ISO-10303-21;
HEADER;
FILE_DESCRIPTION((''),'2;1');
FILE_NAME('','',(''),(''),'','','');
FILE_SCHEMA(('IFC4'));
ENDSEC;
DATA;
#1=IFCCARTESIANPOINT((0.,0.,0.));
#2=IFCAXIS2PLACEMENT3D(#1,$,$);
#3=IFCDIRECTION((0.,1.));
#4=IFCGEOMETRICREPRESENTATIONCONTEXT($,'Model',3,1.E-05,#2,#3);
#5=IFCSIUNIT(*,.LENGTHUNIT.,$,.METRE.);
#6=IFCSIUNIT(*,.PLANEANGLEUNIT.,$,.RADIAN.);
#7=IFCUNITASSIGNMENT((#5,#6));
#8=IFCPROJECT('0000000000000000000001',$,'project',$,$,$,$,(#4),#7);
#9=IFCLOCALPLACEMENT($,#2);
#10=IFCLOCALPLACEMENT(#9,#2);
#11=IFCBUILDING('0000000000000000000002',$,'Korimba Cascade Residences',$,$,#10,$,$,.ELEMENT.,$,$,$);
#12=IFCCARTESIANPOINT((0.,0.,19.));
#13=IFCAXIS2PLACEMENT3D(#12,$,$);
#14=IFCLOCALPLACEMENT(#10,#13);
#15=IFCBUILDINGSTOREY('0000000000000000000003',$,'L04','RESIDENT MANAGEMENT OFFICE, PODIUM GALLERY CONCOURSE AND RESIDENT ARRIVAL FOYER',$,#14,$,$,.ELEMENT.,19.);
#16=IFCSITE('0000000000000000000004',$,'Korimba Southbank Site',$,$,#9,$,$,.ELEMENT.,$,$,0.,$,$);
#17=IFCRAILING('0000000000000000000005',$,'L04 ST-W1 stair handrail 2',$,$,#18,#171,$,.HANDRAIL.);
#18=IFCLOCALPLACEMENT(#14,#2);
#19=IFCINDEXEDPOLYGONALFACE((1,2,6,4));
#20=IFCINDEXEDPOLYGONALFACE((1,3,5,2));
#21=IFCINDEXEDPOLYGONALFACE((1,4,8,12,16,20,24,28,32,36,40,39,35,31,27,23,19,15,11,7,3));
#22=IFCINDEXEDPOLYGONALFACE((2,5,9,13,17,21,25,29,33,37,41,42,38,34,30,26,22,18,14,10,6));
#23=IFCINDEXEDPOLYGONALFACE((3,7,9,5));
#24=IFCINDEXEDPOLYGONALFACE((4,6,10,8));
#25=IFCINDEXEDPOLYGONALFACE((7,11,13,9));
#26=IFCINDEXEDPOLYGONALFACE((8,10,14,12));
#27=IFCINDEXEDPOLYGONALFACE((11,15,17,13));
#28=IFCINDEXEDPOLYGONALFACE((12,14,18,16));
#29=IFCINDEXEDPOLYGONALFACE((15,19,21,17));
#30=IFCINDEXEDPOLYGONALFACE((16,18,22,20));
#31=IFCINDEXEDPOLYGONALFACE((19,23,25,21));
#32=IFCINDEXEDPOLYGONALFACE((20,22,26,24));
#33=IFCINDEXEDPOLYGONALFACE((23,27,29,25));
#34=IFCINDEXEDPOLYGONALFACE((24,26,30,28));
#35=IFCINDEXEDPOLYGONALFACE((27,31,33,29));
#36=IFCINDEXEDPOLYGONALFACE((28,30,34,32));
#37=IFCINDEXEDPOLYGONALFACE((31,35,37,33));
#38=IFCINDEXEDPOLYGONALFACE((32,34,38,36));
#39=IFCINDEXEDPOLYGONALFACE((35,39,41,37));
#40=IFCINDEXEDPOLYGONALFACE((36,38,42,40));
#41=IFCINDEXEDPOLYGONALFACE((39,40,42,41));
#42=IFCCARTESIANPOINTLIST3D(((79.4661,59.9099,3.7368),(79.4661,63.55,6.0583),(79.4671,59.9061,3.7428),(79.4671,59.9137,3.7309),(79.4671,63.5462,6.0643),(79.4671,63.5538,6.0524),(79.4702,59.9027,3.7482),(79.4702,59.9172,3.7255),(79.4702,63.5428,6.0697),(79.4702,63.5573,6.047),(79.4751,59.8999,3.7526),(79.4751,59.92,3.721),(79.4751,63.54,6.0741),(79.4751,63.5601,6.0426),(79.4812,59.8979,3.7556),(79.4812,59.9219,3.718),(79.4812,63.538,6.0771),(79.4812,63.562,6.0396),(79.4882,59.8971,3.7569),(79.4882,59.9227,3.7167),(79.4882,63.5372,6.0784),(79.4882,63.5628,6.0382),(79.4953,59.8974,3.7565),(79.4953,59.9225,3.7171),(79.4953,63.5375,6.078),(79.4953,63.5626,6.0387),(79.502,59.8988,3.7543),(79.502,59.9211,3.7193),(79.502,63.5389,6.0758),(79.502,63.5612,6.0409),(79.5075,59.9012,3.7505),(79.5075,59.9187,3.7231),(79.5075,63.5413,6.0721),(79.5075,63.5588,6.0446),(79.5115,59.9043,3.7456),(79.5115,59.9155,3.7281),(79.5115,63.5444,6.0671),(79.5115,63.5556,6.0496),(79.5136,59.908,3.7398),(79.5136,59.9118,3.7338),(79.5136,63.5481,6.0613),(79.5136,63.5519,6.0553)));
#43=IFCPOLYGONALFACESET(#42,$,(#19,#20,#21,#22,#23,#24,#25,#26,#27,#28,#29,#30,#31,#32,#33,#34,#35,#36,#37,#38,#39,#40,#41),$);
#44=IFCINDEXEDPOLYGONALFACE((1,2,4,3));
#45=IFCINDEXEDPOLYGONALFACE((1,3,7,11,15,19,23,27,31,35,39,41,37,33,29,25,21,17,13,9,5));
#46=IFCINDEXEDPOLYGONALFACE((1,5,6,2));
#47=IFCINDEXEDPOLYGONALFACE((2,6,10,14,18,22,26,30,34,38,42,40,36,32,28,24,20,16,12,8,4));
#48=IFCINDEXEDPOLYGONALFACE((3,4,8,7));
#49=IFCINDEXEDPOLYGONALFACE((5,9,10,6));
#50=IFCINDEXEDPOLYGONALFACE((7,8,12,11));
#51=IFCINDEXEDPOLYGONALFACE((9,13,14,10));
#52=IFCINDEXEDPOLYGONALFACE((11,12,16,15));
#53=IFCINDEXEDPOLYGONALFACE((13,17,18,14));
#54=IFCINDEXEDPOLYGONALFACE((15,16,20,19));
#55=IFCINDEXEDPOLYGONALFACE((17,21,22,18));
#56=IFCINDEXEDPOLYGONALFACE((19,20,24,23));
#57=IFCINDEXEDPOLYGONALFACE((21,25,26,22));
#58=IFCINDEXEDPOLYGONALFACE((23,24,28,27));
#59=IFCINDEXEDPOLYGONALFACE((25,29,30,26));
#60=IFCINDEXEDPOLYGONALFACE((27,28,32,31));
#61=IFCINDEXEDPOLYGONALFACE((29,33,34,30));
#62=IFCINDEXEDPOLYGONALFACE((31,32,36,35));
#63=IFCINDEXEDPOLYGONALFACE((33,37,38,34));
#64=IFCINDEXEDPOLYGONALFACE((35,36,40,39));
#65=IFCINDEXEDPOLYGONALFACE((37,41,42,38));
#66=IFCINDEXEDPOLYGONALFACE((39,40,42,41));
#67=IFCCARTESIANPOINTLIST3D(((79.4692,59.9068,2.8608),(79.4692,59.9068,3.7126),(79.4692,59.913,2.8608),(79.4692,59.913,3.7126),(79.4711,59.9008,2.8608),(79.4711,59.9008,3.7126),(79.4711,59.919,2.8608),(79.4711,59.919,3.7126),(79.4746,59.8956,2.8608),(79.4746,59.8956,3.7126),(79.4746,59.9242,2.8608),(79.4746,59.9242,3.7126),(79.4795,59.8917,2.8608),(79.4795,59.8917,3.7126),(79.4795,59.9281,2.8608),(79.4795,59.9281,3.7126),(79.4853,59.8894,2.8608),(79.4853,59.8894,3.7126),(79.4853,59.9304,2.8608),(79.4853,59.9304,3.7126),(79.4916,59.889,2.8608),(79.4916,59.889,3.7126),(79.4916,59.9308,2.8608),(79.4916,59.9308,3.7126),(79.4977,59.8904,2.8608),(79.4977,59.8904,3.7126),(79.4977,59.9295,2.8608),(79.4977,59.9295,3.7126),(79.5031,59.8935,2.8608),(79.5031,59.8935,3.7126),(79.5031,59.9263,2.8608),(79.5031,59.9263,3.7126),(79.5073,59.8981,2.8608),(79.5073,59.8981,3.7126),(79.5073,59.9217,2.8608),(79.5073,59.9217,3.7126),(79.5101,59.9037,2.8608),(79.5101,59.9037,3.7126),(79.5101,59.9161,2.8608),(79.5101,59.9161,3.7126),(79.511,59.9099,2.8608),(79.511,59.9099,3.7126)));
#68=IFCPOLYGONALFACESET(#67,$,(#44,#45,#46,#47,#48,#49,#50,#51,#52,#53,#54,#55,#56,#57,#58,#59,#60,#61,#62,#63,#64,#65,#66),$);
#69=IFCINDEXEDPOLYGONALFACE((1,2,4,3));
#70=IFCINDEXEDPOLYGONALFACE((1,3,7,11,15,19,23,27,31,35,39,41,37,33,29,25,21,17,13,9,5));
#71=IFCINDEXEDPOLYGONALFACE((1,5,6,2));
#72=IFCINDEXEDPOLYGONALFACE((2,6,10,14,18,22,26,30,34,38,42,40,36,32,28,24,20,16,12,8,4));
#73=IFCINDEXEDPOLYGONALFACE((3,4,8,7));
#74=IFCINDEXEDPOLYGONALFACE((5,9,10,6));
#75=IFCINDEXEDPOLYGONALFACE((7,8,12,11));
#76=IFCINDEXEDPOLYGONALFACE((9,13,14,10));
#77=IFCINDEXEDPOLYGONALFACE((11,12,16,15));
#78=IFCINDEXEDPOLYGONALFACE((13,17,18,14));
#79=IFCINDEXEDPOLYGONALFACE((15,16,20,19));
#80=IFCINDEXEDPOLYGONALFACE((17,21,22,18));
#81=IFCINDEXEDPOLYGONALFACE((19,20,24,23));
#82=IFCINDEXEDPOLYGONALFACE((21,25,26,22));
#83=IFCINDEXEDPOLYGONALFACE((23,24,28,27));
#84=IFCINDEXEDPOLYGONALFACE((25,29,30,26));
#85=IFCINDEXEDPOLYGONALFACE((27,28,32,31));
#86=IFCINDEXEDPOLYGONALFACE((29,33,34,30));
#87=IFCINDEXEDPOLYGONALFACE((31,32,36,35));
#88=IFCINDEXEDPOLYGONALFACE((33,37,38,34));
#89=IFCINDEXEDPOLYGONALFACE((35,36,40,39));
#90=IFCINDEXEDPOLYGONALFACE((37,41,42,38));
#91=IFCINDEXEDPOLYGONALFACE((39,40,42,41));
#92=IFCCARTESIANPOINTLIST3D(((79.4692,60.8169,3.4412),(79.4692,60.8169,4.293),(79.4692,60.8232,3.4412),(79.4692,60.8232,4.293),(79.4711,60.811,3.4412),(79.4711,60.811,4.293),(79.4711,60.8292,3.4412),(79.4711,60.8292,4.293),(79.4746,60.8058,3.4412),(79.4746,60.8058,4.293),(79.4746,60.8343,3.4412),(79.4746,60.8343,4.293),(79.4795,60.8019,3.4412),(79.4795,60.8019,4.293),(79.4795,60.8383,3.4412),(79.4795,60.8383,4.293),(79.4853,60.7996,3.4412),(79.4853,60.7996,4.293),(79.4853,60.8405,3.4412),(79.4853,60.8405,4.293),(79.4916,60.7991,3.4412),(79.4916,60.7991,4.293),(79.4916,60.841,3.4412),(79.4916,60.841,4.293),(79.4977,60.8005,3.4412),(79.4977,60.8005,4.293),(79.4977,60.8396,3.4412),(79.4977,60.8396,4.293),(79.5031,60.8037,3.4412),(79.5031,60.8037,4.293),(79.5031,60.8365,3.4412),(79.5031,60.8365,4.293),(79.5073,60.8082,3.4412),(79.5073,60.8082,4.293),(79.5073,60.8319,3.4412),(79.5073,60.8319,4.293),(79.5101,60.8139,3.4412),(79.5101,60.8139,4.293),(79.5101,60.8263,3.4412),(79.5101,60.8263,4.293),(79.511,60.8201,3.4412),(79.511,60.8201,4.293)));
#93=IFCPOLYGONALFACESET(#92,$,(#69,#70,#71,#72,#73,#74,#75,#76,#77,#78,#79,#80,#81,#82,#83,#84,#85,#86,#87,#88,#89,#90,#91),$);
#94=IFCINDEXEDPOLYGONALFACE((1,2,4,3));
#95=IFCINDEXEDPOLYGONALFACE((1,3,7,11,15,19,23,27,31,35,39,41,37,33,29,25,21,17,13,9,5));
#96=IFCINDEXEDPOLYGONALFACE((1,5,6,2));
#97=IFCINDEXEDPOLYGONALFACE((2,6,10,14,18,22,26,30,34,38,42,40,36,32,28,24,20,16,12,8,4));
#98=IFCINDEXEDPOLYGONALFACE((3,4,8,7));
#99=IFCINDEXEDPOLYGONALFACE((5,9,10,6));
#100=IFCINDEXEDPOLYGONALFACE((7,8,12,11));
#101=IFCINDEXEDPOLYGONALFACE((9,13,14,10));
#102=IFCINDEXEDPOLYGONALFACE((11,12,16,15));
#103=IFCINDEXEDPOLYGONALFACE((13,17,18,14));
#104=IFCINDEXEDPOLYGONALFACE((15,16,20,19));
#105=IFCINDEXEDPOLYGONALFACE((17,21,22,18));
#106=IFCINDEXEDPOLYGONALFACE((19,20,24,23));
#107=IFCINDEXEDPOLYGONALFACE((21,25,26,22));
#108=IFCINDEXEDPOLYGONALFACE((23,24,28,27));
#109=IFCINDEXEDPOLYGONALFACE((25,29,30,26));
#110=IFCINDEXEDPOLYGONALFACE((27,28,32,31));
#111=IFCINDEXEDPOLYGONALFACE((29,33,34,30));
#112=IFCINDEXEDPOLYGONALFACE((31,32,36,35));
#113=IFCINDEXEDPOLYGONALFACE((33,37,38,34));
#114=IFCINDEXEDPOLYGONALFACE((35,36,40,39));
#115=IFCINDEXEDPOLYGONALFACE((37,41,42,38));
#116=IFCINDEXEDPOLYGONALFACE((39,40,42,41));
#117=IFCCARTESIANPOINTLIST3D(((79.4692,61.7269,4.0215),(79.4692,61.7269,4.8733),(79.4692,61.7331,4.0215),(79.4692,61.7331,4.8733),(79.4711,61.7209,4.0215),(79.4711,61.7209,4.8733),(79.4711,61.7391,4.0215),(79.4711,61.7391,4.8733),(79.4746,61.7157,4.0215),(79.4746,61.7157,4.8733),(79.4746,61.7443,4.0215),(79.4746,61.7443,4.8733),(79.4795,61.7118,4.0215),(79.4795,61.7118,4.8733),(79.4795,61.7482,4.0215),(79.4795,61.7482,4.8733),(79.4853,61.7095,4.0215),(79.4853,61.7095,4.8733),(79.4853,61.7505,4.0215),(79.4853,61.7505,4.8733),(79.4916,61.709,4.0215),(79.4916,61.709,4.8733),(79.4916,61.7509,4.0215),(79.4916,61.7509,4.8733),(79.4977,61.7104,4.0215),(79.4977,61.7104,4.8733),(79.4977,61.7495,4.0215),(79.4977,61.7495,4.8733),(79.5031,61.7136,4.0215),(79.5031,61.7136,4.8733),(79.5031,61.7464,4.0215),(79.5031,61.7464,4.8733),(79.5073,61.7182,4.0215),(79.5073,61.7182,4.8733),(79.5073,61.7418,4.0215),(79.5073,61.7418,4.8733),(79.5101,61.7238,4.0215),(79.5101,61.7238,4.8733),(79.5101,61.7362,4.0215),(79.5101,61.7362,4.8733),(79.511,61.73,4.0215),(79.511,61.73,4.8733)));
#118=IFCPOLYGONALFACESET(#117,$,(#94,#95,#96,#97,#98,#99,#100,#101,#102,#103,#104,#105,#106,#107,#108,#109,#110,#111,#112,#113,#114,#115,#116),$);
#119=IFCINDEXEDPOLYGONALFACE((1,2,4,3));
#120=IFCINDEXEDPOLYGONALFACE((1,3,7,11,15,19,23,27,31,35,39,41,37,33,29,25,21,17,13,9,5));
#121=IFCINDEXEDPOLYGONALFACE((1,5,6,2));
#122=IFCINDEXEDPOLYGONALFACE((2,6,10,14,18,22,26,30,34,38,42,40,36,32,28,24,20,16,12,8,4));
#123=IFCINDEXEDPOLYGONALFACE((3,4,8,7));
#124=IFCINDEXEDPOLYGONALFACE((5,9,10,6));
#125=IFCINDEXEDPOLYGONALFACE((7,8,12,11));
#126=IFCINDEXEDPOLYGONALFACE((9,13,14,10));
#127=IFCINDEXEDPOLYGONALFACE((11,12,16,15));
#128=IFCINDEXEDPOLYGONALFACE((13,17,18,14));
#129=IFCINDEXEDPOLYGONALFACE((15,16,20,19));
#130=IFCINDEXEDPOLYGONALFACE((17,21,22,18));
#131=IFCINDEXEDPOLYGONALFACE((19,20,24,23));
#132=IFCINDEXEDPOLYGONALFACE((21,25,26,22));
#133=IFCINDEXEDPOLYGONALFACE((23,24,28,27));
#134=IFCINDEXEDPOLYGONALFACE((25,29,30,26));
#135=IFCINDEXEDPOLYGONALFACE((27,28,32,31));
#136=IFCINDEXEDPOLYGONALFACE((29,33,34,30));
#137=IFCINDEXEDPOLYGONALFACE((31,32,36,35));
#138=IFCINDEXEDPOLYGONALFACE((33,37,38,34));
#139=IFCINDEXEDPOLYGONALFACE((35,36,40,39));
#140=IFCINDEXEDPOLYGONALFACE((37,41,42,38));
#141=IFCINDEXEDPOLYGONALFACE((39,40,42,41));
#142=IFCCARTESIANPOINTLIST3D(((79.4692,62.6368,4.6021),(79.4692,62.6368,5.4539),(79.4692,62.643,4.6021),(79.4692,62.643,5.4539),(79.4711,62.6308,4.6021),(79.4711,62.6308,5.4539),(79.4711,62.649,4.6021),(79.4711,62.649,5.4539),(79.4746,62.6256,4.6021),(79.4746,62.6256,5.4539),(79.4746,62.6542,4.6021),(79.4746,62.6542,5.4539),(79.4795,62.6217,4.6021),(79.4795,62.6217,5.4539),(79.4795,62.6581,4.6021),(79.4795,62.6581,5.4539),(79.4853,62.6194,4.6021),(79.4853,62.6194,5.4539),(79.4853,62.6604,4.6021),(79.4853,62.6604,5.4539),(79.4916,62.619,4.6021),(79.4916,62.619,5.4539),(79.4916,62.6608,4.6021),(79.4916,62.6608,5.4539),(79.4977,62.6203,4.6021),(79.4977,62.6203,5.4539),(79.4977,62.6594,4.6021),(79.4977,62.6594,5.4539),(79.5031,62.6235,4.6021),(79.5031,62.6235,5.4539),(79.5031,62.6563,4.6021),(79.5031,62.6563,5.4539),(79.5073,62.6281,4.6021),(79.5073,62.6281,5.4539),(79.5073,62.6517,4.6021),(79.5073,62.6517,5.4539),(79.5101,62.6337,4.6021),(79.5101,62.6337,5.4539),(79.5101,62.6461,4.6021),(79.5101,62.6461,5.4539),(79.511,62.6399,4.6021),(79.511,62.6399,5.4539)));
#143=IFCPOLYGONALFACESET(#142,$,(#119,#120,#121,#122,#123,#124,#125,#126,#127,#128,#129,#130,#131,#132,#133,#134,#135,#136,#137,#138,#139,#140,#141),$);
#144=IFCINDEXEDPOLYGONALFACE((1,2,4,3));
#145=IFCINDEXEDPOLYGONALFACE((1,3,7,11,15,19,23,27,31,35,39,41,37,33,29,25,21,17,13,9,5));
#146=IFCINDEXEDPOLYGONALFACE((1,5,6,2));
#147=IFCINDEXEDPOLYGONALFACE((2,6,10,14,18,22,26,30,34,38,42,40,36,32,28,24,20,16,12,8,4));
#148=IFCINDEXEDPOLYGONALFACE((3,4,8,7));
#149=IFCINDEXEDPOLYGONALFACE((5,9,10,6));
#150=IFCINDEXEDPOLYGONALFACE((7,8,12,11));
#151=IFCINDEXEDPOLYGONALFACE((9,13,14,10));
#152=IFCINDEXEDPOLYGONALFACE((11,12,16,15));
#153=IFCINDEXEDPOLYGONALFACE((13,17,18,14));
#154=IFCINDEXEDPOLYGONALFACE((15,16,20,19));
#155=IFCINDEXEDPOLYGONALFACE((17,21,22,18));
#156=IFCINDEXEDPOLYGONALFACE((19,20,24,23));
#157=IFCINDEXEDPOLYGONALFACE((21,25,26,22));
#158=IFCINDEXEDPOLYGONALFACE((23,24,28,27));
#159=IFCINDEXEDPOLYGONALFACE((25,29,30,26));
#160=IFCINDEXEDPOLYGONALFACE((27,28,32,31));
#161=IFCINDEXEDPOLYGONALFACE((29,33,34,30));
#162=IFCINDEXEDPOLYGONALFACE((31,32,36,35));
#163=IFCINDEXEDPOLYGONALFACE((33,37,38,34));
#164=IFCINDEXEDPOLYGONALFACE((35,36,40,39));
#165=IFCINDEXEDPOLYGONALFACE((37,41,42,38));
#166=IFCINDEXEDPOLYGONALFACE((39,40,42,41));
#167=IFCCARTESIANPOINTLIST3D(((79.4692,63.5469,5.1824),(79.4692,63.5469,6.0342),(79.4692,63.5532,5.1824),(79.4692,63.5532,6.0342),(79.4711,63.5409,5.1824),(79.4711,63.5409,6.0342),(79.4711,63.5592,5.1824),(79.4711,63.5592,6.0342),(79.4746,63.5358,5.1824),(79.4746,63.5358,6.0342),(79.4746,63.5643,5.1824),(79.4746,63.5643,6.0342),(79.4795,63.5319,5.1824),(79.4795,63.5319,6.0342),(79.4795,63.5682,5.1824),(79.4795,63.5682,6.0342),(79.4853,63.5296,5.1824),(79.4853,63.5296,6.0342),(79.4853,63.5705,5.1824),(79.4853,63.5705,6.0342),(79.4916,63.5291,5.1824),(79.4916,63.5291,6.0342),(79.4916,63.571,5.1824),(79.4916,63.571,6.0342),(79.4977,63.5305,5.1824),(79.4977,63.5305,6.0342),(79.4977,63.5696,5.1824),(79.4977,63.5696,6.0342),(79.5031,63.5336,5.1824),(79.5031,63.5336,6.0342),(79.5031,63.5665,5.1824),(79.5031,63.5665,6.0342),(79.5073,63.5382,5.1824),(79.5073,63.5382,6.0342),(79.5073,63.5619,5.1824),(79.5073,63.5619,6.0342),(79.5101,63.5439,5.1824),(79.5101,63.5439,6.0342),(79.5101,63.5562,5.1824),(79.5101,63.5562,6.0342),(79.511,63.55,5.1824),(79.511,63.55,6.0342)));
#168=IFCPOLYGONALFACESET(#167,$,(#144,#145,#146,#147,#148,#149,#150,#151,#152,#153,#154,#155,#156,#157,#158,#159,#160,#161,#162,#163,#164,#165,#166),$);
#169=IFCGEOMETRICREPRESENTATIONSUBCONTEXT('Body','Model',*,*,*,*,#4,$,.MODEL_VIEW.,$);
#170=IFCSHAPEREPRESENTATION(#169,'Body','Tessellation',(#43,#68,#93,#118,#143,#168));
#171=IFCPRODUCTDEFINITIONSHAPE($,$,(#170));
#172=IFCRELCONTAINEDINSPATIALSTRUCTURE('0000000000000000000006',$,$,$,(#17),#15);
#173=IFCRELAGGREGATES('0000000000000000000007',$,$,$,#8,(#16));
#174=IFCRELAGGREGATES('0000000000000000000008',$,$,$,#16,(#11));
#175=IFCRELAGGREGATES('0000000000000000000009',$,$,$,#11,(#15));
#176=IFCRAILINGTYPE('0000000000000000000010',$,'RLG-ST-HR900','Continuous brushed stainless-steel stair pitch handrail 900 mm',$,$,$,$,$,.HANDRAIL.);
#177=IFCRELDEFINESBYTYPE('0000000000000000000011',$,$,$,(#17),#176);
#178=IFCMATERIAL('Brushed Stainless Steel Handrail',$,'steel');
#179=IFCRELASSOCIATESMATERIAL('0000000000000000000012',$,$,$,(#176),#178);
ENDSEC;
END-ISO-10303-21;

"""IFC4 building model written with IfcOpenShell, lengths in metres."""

from ifc_helpers import new_model, si_unit, direction, frame, origin, origin_2d, place, context, subcontext, project, spatial, circle, extrude, material, type_object, element, save


model = new_model("IFC4")

# Units and contexts
model_context = context("Model", 3, precision=1e-05, world=origin(), true_north=direction((0.0, 1.0)))
body_context = subcontext(model_context, "Body", "Model", "MODEL_VIEW")
ifc_project = project(units=[si_unit("LENGTHUNIT", "METRE"), si_unit("PLANEANGLEUNIT", "RADIAN")], contexts=[model_context])

# Site, building, storey
site_placement = place(None, origin())
site = spatial("IfcSite", under=ifc_project, at=site_placement, Name="Korimba Southbank Site", CompositionType="ELEMENT", RefElevation=0.0)
building_placement = place(site_placement, origin())
building = spatial("IfcBuilding", under=site, at=building_placement, Name="Korimba Cascade Residences", CompositionType="ELEMENT")
storey_placement = place(building_placement, frame((0.0, 0.0, 19.0)))
storey = spatial("IfcBuildingStorey", under=building, at=storey_placement, Name="L04", Description="RESIDENT MANAGEMENT OFFICE, PODIUM GALLERY CONCOURSE AND RESIDENT ARRIVAL FOYER", CompositionType="ELEMENT", Elevation=19.0)

# Railing
ifc_material_1 = material(Name="Brushed Stainless Steel Handrail", Category="steel")
railing_type_1 = type_object("IfcRailingType", Name="RLG-ST-HR900", Description="Continuous brushed stainless-steel stair pitch handrail 900 mm", PredefinedType="HANDRAIL", material=ifc_material_1)
railing_1_placement = place(storey_placement, frame((79.49, 59.9099, 2.8608)))
element("IfcRailing", 1, at=railing_1_placement, inside=storey, type_object=railing_type_1, Name="L04 ST-W1 stair handrail 2", PredefinedType="HANDRAIL", context=body_context, shape_type="SweptSolid", body=[
    extrude(circle(Radius=0.0239, at=origin_2d()), frame((0.0, 0.0, 0.876), z_axis=(0.0, 0.843128, 0.537713), x_axis=(-1.0, 0.0, 0.0)), (0.0, 0.0, 1.0), 4.3174),
    extrude(circle(Radius=0.021, at=origin_2d()), origin(), (0.0, 0.0, 1.0), 0.8518),
    extrude(circle(Radius=0.021, at=origin_2d()), frame((0.0, 0.9102, 0.5803)), (0.0, 0.0, 1.0), 0.8518),
    extrude(circle(Radius=0.021, at=origin_2d()), frame((0.0, 1.8201, 1.1606)), (0.0, 0.0, 1.0), 0.8518),
    extrude(circle(Radius=0.021, at=origin_2d()), frame((0.0, 2.73, 1.7412)), (0.0, 0.0, 1.0), 0.8518),
    extrude(circle(Radius=0.021, at=origin_2d()), frame((0.0, 3.6401, 2.3215)), (0.0, 0.0, 1.0), 0.8518),
])

save(model, "model.ifc")
